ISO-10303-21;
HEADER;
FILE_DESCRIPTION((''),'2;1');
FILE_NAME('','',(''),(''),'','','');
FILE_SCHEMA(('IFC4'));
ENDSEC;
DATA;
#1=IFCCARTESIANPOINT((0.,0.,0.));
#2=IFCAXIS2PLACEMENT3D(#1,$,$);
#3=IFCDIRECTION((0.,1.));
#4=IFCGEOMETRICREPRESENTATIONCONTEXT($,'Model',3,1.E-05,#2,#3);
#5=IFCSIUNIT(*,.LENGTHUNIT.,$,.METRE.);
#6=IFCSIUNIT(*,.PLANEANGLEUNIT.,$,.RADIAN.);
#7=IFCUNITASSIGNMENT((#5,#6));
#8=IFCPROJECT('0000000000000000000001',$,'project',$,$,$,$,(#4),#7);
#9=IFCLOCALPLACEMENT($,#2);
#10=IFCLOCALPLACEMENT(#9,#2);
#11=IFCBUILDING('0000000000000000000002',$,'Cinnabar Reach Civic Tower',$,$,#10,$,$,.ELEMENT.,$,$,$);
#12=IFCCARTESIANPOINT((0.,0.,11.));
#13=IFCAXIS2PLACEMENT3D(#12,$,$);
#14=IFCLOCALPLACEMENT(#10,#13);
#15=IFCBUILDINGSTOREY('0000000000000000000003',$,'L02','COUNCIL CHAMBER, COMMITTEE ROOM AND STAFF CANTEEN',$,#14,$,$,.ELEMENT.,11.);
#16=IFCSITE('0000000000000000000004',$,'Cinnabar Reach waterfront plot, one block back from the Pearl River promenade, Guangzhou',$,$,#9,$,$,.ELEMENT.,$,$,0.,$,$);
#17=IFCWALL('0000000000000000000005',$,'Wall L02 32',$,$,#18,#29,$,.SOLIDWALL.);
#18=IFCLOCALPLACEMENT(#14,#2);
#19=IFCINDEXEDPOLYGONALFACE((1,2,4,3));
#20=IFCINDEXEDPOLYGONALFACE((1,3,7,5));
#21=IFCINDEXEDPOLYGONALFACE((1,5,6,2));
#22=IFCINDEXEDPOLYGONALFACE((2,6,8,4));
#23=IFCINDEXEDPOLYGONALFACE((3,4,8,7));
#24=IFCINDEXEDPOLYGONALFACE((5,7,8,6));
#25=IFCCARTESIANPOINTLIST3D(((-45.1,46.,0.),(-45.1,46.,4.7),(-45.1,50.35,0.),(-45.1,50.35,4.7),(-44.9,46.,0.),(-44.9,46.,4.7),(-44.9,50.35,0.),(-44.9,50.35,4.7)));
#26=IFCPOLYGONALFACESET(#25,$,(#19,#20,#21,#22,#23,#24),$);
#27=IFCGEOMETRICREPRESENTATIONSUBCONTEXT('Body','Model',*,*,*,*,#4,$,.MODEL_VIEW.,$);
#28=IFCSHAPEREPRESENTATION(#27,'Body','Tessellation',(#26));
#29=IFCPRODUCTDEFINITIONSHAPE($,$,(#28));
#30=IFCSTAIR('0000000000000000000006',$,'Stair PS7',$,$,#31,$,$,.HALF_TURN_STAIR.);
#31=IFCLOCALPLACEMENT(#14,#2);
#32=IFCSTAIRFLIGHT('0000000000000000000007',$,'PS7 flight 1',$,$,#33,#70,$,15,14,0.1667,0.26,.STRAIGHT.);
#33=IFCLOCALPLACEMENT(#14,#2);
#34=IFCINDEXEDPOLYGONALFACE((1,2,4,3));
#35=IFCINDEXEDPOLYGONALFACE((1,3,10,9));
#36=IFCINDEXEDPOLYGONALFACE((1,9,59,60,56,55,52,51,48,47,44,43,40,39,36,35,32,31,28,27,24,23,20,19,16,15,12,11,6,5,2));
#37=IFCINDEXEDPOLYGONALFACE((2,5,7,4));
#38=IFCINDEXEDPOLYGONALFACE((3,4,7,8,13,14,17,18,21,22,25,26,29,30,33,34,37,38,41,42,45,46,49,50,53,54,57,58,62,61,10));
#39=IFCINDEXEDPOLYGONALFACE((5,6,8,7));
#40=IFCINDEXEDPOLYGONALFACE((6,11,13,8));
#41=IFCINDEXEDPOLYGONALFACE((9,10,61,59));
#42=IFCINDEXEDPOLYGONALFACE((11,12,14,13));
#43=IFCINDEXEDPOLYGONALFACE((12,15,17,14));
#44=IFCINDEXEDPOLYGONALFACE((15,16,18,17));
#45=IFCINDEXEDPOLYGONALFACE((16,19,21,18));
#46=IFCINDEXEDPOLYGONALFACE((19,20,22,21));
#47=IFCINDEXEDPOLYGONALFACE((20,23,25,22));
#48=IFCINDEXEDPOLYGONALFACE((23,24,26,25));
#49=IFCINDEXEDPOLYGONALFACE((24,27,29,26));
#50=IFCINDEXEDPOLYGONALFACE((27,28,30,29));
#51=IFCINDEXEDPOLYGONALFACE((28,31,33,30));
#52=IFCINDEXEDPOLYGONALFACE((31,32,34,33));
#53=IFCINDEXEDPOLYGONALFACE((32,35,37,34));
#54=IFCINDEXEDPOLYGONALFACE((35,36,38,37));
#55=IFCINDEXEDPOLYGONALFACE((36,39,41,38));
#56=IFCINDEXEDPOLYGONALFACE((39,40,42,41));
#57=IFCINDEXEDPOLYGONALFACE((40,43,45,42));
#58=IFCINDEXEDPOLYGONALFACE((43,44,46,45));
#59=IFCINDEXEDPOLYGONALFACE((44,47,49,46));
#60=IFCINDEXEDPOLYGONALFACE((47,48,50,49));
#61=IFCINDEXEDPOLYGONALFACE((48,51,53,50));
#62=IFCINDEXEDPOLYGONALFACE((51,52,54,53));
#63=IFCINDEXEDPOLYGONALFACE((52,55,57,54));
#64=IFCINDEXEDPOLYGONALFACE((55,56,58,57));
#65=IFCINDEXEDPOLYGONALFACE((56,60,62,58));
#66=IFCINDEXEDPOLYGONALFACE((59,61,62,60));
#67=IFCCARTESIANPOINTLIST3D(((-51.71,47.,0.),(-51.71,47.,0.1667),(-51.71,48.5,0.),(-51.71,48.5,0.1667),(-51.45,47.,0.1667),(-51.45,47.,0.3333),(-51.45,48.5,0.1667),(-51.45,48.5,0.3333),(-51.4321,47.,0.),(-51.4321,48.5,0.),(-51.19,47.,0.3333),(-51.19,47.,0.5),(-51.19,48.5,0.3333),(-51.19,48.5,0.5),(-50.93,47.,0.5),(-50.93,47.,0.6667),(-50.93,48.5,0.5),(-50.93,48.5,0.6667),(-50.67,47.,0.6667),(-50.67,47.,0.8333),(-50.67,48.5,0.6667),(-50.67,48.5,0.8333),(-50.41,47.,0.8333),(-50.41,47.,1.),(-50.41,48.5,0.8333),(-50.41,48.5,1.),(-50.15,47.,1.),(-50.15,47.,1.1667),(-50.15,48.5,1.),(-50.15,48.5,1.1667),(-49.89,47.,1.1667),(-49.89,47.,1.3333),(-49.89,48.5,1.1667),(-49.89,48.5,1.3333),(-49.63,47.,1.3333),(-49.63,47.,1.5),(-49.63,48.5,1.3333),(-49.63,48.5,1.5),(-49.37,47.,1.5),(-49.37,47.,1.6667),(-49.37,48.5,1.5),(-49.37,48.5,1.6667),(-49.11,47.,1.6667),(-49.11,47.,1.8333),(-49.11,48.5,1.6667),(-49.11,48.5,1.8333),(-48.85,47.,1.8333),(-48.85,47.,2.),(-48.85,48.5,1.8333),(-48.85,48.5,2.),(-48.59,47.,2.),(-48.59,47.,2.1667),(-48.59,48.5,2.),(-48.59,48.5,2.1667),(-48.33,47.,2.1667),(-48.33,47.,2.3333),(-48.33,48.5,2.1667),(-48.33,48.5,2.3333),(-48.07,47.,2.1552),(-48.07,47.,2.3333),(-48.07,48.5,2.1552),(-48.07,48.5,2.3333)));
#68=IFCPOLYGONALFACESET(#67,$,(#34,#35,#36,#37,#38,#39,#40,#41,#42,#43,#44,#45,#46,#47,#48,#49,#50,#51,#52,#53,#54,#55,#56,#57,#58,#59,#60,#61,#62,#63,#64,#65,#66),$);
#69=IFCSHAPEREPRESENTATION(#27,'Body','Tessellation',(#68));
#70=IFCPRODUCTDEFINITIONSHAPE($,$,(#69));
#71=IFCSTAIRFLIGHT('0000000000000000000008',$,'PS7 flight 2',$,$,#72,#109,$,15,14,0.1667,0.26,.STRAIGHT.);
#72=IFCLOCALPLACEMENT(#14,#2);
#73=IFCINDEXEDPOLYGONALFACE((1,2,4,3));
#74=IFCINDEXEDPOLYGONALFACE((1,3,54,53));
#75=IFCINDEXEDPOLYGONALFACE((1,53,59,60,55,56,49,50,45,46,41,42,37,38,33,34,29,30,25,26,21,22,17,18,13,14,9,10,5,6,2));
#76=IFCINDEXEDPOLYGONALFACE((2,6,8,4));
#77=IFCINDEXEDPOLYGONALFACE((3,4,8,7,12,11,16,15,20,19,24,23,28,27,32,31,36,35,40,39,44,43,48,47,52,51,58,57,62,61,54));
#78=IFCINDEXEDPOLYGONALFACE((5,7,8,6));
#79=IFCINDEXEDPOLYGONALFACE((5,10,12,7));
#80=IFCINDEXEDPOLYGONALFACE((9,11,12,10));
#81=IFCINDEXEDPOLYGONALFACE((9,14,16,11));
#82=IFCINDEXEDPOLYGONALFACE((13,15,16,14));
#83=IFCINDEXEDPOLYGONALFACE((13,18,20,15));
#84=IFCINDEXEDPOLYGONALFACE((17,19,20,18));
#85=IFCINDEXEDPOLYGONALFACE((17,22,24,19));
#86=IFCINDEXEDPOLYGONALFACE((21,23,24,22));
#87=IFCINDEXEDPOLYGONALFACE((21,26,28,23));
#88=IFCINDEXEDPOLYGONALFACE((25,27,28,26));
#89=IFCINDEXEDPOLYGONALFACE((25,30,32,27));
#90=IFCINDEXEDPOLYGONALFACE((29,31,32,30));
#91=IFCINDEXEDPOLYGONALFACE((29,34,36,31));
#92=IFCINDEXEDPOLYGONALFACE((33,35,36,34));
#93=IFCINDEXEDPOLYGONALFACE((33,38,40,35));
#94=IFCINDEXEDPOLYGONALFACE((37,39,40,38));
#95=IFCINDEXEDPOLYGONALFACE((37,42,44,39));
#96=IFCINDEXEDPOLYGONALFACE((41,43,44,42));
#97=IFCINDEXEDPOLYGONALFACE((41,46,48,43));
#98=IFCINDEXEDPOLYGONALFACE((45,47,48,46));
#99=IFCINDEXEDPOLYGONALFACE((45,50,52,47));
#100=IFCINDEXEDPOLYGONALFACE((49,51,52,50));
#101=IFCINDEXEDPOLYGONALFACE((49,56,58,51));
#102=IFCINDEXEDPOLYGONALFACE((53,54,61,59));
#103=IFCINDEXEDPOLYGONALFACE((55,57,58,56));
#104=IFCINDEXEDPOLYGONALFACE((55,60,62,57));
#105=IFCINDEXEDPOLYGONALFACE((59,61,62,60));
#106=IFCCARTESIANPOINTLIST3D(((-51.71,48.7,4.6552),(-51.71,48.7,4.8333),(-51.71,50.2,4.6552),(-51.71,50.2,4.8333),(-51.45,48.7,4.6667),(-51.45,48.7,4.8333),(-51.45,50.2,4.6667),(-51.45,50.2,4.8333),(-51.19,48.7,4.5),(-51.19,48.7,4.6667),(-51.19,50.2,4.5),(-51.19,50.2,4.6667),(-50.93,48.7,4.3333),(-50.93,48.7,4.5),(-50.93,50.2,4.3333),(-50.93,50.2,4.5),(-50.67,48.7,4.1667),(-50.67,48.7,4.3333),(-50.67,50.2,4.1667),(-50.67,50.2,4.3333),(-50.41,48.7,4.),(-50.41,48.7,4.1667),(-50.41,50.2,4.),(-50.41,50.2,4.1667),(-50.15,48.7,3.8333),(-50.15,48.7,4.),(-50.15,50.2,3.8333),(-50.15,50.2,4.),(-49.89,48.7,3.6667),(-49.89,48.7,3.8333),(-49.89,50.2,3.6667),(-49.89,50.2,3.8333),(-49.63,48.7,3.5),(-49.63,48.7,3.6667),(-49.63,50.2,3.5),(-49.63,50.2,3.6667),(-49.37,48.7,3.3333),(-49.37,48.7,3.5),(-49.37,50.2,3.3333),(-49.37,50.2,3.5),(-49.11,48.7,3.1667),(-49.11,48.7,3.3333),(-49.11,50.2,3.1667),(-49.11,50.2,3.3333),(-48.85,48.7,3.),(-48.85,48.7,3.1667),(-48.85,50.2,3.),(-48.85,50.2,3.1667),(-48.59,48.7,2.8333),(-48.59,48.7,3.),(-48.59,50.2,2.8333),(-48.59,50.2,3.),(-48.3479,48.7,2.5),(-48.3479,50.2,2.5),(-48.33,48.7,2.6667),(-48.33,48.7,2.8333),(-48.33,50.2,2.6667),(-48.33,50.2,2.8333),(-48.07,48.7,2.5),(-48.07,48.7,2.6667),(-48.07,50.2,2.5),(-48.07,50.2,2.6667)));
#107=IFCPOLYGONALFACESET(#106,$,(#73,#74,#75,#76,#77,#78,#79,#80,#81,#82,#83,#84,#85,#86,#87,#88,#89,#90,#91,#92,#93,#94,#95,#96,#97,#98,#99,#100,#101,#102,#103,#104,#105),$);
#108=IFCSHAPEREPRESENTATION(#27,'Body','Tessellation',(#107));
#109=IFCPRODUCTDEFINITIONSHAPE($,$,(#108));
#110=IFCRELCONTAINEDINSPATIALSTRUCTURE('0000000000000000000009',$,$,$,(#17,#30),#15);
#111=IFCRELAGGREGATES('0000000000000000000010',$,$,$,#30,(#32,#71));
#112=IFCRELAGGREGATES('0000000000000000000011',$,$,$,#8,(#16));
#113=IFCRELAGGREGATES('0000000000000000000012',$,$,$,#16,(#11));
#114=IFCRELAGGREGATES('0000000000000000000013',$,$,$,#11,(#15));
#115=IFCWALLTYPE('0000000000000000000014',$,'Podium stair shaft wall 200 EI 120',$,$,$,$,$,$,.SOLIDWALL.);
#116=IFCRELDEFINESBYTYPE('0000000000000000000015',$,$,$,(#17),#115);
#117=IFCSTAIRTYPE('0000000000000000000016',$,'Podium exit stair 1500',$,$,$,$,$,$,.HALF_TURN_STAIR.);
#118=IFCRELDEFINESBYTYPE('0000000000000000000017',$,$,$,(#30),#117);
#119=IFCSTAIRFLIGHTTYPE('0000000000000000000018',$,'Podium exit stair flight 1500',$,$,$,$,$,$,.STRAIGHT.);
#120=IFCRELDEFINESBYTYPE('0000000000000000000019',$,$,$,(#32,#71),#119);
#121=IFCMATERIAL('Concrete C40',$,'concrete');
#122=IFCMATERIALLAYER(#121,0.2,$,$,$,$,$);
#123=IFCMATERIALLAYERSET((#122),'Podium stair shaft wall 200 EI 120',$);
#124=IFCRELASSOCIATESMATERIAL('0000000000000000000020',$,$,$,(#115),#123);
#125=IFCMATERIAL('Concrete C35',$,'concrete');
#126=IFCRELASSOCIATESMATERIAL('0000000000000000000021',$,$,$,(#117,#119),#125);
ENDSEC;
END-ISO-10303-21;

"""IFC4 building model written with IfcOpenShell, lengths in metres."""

from ifc_helpers import new_model, si_unit, direction, frame, frame_2d, origin, place, context, subcontext, project, spatial, polyline, rectangle, outline, extrude, material, layer, layer_set, type_object, element, aggregate, save


model = new_model("IFC4")

# Units and contexts
model_context = context("Model", 3, precision=1e-05, world=origin(), true_north=direction((0.0, 1.0)))
body_context = subcontext(model_context, "Body", "Model", "MODEL_VIEW")
ifc_project = project(units=[si_unit("LENGTHUNIT", "METRE"), si_unit("PLANEANGLEUNIT", "RADIAN")], contexts=[model_context])

# Site, building, storey
site_placement = place(None, origin())
site = spatial("IfcSite", under=ifc_project, at=site_placement, Name="Cinnabar Reach waterfront plot, one block back from the Pearl River promenade, Guangzhou", CompositionType="ELEMENT", RefElevation=0.0)
building_placement = place(site_placement, origin())
building = spatial("IfcBuilding", under=site, at=building_placement, Name="Cinnabar Reach Civic Tower", CompositionType="ELEMENT")
storey_placement = place(building_placement, frame((0.0, 0.0, 11.0)))
storey = spatial("IfcBuildingStorey", under=building, at=storey_placement, Name="L02", Description="COUNCIL CHAMBER, COMMITTEE ROOM AND STAFF CANTEEN", CompositionType="ELEMENT", Elevation=11.0)

# Shared definitions
ifc_material_1 = material(Name="Concrete C40", Category="concrete")
ifc_layer_1 = layer(ifc_material_1, 0.2)
ifc_layer_set_1 = layer_set([ifc_layer_1], Name="Podium stair shaft wall 200 EI 120")
wall_type_1 = type_object("IfcWallType", Name="Podium stair shaft wall 200 EI 120", PredefinedType="SOLIDWALL", material=ifc_layer_set_1)

# Wall
wall_1_placement = place(storey_placement, frame((-45.0, 46.0, 0.0), z_axis=(0.0, 0.0, 1.0), x_axis=(0.0, 1.0, 0.0)))
element("IfcWall", 1, at=wall_1_placement, inside=storey, type_object=wall_type_1, Name="Wall L02 32", PredefinedType="SOLIDWALL", context=body_context, shape_type="SweptSolid", body=[
    extrude(rectangle(XDim=4.35, YDim=0.2, at=frame_2d((2.175, 0.0))), origin(), (0.0, 0.0, 1.0), 4.7),
])

# Stair, stair flights
ifc_material_2 = material(Name="Concrete C35", Category="concrete")
stair_type = type_object("IfcStairType", Name="Podium exit stair 1500", PredefinedType="HALF_TURN_STAIR", material=ifc_material_2)
stair_placement = place(storey_placement, origin())
stair = element("IfcStair", 2, at=stair_placement, inside=storey, type_object=stair_type, Name="Stair PS7", PredefinedType="HALF_TURN_STAIR")
stair_flight_type = type_object("IfcStairFlightType", Name="Podium exit stair flight 1500", PredefinedType="STRAIGHT", material=ifc_material_2)
stair_flight_1_placement = place(storey_placement, frame((-51.71, 47.75, 0.0), z_axis=(0.0, 0.0, 1.0), x_axis=(1.0, 0.0, 0.0)))
stair_flight_1 = element("IfcStairFlight", 3, at=stair_flight_1_placement, type_object=stair_flight_type, Name="PS7 flight 1", NumberOfRisers=15, NumberOfTreads=14, PredefinedType="STRAIGHT", RiserHeight=0.1667, TreadLength=0.26, context=body_context, shape_type="SweptSolid", body=[
    extrude(outline(polyline([(0.0, 0.0), (0.0, 0.1667), (0.26, 0.1667), (0.26, 0.3333), (0.52, 0.3333), (0.52, 0.5), (0.78, 0.5), (0.78, 0.6667), (1.04, 0.6667), (1.04, 0.8333), (1.3, 0.8333), (1.3, 1.0), (1.56, 1.0), (1.56, 1.1667), (1.82, 1.1667), (1.82, 1.3333), (2.08, 1.3333), (2.08, 1.5), (2.34, 1.5), (2.34, 1.6667), (2.6, 1.6667), (2.6, 1.8333), (2.86, 1.8333), (2.86, 2.0), (3.12, 2.0), (3.12, 2.1667), (3.38, 2.1667), (3.38, 2.3333), (3.64, 2.3333), (3.64, 2.5), (3.64, 2.1552), (0.2779, 0.0), (0.0, 0.0)])), frame((0.0, 0.75, 0.0), z_axis=(0.0, -1.0, 0.0), x_axis=(1.0, 0.0, 0.0)), (0.0, 0.0, 1.0), 1.5),
])
stair_flight_2_placement = place(storey_placement, frame((-48.07, 49.45, 2.5), z_axis=(0.0, 0.0, 1.0), x_axis=(-1.0, 0.0, 0.0)))
stair_flight_2 = element("IfcStairFlight", 4, at=stair_flight_2_placement, type_object=stair_flight_type, Name="PS7 flight 2", NumberOfRisers=15, NumberOfTreads=14, PredefinedType="STRAIGHT", RiserHeight=0.1667, TreadLength=0.26, context=body_context, shape_type="SweptSolid", body=[
    extrude(outline(polyline([(0.0, 0.0), (0.0, 0.1667), (0.26, 0.1667), (0.26, 0.3333), (0.52, 0.3333), (0.52, 0.5), (0.78, 0.5), (0.78, 0.6667), (1.04, 0.6667), (1.04, 0.8333), (1.3, 0.8333), (1.3, 1.0), (1.56, 1.0), (1.56, 1.1667), (1.82, 1.1667), (1.82, 1.3333), (2.08, 1.3333), (2.08, 1.5), (2.34, 1.5), (2.34, 1.6667), (2.6, 1.6667), (2.6, 1.8333), (2.86, 1.8333), (2.86, 2.0), (3.12, 2.0), (3.12, 2.1667), (3.38, 2.1667), (3.38, 2.3333), (3.64, 2.3333), (3.64, 2.5), (3.64, 2.1552), (0.2779, 0.0), (0.0, 0.0)])), frame((0.0, 0.75, 0.0), z_axis=(0.0, -1.0, 0.0), x_axis=(1.0, 0.0, 0.0)), (0.0, 0.0, 1.0), 1.5),
])
aggregate(stair, [stair_flight_1, stair_flight_2])

save(model, "model.ifc")
